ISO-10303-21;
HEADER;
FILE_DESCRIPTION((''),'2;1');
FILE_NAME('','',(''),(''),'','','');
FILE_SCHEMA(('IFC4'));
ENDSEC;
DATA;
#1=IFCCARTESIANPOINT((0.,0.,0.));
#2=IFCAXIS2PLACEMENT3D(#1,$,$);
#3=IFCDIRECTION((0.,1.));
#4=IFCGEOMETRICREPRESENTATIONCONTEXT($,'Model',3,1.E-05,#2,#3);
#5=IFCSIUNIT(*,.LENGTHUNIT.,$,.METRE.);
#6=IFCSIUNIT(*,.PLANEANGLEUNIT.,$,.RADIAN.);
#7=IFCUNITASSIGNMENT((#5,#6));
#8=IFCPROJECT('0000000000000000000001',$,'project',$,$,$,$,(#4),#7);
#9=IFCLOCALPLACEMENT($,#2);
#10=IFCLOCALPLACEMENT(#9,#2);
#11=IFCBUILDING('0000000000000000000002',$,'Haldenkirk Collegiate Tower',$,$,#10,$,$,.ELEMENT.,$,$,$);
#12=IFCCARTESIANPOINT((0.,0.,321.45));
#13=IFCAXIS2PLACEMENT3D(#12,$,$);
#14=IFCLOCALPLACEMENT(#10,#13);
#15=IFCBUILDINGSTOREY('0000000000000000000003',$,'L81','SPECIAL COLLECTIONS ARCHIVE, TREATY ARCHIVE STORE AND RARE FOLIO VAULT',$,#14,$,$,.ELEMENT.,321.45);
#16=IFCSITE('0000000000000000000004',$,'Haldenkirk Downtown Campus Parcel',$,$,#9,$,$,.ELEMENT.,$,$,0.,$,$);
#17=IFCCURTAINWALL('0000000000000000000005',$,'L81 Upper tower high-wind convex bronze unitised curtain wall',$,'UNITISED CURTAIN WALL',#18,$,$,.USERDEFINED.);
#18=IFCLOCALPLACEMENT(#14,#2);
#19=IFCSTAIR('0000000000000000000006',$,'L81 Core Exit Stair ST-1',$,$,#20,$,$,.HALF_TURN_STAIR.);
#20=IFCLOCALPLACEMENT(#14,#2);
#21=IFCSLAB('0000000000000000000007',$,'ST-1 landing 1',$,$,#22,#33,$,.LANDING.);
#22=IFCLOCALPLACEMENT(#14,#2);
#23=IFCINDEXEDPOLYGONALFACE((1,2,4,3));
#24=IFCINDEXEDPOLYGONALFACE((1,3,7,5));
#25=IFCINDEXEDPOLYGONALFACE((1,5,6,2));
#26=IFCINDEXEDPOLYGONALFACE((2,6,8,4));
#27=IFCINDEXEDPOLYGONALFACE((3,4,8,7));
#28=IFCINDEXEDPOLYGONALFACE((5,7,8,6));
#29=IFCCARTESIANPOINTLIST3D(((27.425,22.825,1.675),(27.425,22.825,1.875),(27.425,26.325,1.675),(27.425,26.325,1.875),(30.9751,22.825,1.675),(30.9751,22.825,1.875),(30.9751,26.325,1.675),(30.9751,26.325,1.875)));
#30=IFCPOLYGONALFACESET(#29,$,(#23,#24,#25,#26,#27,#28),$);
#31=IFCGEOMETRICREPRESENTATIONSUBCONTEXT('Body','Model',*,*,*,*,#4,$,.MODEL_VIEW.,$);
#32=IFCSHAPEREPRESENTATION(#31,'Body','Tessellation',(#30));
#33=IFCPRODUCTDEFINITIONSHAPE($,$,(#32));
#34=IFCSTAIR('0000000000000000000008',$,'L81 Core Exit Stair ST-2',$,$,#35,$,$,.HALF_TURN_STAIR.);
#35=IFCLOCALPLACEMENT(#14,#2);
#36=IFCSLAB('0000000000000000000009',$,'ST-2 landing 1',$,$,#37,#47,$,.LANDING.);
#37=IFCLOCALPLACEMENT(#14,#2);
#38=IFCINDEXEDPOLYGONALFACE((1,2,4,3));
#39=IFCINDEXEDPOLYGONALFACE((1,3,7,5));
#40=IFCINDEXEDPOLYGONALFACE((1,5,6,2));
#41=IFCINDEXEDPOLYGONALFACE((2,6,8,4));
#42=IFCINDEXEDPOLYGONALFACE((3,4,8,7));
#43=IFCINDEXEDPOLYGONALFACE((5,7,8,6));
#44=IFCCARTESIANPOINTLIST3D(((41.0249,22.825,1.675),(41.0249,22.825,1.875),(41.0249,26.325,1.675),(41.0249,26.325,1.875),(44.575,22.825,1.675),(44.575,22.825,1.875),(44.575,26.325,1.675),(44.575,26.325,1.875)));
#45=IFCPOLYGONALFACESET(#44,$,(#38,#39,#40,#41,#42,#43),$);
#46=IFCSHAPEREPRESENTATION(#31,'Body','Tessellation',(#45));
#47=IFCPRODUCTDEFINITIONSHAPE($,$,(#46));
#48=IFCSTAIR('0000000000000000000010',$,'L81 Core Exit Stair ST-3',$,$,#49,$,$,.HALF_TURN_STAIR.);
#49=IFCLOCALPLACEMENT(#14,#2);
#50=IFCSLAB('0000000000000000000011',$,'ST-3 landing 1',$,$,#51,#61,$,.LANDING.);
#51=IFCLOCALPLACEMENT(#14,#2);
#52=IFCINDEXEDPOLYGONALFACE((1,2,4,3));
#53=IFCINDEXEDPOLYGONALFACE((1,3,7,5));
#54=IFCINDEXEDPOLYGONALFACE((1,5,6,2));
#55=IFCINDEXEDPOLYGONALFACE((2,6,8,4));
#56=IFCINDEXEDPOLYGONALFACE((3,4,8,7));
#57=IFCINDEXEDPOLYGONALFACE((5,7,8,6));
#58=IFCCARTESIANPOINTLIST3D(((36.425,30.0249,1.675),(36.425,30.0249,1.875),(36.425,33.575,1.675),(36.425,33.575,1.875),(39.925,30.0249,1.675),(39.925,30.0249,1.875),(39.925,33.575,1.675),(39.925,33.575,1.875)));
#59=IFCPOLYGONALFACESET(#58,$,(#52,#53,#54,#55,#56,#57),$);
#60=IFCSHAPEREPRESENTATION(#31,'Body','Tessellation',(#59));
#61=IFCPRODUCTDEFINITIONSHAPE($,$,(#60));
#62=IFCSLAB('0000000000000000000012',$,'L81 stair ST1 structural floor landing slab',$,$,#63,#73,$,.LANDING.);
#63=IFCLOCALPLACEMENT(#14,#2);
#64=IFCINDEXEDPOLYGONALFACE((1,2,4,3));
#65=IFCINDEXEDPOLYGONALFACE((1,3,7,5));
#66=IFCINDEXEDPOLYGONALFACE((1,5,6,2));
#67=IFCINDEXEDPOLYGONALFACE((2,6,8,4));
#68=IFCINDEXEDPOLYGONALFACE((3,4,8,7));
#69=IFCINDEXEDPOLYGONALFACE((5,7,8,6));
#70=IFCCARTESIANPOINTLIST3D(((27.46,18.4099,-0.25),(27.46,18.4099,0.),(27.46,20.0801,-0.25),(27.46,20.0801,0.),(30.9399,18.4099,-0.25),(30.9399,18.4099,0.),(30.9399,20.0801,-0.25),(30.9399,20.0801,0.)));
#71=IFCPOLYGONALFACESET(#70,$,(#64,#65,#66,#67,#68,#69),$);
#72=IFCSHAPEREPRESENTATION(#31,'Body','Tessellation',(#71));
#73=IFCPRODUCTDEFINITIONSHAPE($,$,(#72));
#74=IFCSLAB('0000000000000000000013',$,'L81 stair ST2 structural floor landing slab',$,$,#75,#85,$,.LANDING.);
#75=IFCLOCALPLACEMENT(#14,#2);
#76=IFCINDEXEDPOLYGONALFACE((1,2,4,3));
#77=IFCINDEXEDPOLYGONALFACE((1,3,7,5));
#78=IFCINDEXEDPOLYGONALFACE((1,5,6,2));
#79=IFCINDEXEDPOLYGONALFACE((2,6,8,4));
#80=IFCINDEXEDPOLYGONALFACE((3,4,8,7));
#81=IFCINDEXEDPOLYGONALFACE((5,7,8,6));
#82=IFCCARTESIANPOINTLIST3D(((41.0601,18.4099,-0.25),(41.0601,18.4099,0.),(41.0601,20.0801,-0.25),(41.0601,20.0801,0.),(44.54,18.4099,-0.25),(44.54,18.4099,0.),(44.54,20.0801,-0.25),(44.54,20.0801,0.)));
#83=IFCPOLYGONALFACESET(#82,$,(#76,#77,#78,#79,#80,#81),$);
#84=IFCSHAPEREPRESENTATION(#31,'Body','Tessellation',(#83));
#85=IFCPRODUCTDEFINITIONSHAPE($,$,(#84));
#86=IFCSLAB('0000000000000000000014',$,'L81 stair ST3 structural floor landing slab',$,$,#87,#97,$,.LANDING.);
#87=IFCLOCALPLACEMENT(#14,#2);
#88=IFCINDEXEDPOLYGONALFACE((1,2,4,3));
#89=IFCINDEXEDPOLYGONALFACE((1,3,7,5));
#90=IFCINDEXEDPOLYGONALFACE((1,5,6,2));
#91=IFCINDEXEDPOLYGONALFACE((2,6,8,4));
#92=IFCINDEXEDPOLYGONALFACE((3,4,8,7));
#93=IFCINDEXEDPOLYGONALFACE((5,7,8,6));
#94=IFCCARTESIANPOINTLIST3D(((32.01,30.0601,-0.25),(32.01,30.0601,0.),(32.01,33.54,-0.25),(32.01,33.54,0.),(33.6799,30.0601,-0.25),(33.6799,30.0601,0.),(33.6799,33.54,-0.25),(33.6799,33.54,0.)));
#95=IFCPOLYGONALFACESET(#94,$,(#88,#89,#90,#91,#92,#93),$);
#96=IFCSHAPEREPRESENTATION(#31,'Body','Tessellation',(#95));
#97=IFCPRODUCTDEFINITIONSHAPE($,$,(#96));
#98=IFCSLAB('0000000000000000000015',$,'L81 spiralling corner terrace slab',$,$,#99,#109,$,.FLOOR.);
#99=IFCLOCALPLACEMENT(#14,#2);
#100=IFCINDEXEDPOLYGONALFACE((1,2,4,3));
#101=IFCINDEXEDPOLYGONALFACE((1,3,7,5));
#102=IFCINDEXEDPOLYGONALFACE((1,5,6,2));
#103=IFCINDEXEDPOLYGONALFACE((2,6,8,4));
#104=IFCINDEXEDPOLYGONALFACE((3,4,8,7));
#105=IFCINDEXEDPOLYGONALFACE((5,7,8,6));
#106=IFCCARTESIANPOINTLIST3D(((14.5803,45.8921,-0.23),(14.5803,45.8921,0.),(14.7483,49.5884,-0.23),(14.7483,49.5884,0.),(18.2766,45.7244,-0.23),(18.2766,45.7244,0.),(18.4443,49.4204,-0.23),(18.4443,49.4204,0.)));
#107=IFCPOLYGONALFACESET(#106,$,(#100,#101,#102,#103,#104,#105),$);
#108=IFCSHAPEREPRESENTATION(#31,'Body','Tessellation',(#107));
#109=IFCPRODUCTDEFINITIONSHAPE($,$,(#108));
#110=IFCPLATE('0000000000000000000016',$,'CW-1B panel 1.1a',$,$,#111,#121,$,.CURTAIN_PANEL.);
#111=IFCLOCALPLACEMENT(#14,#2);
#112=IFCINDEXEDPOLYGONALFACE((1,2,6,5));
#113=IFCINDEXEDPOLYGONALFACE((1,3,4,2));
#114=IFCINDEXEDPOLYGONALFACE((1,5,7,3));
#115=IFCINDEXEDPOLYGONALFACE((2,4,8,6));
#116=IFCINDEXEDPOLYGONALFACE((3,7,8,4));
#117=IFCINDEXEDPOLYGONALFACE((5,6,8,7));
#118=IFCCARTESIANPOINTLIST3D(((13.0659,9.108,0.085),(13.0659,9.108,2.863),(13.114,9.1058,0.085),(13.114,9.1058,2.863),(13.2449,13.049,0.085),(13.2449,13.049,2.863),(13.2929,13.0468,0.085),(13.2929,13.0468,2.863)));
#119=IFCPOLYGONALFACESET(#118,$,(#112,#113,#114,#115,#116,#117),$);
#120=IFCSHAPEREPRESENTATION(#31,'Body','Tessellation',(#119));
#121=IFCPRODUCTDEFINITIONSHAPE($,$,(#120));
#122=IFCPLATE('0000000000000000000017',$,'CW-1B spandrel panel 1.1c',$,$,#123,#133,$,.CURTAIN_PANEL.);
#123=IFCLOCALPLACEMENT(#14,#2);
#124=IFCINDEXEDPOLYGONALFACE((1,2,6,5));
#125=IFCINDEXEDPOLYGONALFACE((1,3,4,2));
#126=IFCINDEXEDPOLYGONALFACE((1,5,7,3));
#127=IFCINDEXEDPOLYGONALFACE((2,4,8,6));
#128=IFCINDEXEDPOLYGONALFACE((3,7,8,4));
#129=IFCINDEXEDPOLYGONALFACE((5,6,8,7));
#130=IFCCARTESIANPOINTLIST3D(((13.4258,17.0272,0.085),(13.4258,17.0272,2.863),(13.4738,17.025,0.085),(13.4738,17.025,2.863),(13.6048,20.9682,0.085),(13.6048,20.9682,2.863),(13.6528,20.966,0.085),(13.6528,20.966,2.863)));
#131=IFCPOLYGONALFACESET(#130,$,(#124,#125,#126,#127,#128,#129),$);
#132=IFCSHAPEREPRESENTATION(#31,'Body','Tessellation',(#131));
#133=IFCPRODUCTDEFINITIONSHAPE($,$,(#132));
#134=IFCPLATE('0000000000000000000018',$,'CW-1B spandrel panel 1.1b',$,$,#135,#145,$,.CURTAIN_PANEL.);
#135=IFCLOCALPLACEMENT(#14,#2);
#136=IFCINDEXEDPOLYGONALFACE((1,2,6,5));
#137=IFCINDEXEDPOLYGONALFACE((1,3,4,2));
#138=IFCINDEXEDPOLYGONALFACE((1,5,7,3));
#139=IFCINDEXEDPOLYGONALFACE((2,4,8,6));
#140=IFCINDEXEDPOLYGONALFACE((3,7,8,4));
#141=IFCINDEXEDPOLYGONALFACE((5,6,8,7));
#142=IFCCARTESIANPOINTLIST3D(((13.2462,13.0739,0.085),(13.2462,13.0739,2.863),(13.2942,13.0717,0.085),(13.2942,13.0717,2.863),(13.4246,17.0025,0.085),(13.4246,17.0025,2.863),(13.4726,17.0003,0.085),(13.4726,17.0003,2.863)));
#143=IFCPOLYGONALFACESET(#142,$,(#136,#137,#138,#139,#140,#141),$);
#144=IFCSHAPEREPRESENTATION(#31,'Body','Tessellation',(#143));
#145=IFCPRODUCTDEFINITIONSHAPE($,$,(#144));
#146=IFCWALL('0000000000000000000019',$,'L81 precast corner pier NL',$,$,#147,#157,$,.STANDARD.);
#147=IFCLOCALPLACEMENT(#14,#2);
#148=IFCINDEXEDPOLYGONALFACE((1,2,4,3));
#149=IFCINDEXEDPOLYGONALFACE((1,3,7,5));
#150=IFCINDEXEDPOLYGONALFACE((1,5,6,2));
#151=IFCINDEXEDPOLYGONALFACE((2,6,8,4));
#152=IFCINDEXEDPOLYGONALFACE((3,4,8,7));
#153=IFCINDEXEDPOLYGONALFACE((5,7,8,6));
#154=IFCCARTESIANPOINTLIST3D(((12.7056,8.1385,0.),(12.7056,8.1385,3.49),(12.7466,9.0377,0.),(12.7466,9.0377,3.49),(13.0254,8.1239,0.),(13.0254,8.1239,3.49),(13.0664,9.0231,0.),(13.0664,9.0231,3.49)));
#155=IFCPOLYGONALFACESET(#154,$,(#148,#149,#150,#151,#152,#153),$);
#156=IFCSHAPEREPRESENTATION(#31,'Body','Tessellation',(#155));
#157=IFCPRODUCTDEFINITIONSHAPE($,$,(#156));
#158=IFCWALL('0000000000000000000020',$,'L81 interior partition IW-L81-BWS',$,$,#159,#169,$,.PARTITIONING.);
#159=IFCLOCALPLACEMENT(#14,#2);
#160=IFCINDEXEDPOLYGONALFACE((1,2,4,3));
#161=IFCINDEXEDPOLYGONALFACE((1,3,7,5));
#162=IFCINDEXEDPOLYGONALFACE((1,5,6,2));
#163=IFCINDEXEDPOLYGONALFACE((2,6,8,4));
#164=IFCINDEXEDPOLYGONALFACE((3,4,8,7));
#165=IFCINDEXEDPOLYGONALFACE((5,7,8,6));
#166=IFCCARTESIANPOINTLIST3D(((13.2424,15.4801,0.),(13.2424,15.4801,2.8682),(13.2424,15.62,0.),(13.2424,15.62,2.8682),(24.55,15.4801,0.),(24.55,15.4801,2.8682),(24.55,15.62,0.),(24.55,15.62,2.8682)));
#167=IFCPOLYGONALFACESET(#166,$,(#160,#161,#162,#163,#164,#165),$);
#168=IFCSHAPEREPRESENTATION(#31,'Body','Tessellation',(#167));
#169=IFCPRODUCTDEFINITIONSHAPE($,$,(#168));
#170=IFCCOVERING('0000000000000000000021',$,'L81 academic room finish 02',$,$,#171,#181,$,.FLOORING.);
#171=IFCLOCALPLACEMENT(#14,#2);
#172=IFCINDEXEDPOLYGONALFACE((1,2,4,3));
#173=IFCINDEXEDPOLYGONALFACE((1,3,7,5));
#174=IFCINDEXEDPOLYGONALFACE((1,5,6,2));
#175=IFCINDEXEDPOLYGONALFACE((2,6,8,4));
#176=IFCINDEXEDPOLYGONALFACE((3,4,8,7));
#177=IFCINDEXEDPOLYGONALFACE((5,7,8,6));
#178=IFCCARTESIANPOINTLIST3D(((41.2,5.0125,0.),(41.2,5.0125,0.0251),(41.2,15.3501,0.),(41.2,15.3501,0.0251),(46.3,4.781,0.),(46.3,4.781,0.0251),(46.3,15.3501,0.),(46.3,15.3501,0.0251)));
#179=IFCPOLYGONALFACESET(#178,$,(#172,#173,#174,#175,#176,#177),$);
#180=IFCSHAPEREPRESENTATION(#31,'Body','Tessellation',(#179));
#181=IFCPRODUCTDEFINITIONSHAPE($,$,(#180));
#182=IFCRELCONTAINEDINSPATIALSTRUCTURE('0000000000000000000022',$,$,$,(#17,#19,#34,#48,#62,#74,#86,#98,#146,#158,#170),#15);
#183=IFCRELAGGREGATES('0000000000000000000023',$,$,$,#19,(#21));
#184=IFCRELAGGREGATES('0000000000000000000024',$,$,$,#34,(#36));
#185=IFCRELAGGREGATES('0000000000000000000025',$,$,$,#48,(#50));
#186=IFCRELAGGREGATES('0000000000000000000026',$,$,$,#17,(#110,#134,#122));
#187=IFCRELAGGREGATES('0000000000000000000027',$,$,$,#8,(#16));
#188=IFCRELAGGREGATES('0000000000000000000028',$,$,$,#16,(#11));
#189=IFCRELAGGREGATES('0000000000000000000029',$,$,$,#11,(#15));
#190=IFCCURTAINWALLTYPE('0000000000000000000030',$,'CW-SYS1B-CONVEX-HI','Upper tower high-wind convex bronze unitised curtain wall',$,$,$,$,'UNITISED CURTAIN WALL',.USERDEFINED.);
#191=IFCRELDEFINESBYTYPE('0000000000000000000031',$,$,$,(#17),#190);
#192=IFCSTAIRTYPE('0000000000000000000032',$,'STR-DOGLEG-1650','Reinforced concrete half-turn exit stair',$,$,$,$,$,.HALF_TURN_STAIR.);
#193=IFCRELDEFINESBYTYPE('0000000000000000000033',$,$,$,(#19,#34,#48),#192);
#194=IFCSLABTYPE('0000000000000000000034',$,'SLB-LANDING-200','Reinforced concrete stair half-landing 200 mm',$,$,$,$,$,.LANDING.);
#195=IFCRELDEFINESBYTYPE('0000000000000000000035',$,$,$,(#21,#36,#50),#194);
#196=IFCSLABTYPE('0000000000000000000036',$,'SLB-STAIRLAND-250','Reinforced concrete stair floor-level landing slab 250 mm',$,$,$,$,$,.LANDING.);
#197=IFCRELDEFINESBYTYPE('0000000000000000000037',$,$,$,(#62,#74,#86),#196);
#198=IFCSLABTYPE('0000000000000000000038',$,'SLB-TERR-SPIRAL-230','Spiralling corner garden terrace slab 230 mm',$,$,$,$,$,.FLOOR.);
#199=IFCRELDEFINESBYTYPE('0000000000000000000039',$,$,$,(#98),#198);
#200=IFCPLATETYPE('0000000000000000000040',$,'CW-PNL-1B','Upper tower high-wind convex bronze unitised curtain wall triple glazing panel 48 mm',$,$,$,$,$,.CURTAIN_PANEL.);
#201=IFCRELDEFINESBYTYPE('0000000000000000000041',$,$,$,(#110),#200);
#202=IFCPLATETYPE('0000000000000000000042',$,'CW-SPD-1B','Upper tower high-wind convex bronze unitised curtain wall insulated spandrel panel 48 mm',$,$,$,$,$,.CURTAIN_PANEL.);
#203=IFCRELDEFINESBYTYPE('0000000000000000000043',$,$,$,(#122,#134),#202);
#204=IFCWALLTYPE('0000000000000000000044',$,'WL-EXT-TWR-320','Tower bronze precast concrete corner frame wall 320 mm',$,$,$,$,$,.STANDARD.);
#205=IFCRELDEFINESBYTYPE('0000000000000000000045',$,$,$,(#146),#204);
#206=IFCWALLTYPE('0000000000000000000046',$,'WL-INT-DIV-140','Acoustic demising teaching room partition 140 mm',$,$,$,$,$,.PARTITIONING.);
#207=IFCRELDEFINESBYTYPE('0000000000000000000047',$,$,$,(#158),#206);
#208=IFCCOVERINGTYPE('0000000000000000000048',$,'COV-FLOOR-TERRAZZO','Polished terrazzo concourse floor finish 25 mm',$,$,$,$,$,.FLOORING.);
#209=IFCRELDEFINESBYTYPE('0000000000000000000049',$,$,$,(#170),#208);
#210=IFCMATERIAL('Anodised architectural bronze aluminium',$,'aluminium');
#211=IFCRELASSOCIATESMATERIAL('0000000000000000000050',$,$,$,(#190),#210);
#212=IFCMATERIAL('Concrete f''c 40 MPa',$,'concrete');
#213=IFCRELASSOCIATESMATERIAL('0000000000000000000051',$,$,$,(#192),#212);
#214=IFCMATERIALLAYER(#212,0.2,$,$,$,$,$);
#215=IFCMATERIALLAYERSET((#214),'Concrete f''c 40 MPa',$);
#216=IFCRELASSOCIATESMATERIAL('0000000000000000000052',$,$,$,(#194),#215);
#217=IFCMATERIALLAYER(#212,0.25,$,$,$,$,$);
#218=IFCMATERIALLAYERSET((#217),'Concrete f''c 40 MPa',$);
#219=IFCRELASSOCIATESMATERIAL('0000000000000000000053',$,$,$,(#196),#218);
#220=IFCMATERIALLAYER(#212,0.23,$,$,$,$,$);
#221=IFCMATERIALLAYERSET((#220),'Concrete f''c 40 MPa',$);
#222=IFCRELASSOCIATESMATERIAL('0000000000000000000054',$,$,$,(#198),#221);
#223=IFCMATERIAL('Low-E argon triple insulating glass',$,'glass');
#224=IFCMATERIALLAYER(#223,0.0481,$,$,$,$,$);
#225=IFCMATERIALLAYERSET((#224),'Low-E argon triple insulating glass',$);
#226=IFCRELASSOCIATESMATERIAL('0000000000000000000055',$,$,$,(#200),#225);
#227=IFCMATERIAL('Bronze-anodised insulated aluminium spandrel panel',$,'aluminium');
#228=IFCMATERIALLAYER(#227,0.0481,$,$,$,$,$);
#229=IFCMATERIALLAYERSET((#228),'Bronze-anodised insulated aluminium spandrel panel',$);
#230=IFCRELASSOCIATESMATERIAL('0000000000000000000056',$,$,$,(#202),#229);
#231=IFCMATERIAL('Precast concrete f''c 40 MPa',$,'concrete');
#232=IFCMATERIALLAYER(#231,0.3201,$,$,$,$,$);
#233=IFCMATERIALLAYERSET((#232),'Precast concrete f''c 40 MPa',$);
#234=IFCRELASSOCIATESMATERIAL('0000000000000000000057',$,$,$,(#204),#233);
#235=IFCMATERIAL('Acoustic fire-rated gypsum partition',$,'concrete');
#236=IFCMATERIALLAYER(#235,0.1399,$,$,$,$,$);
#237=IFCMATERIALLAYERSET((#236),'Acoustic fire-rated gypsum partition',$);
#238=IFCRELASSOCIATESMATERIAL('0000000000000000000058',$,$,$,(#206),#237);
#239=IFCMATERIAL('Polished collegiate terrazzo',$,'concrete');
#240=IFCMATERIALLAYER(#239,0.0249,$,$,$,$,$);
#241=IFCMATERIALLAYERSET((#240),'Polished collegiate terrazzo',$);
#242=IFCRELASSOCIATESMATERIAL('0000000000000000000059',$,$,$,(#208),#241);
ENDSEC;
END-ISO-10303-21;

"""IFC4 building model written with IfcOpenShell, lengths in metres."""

from ifc_helpers import new_model, si_unit, direction, frame, frame_2d, origin, origin_2d, place, context, subcontext, project, spatial, polyline, rectangle, outline, extrude, source, transform, mapped, material, layer, layer_set, type_object, element, aggregate, save


model = new_model("IFC4")

# Units and contexts
model_context = context("Model", 3, precision=1e-05, world=origin(), true_north=direction((0.0, 1.0)))
body_context = subcontext(model_context, "Body", "Model", "MODEL_VIEW")
ifc_project = project(units=[si_unit("LENGTHUNIT", "METRE"), si_unit("PLANEANGLEUNIT", "RADIAN")], contexts=[model_context])

# Site, building, storey
site_placement = place(None, origin())
site = spatial("IfcSite", under=ifc_project, at=site_placement, Name="Haldenkirk Downtown Campus Parcel", CompositionType="ELEMENT", RefElevation=0.0)
building_placement = place(site_placement, origin())
building = spatial("IfcBuilding", under=site, at=building_placement, Name="Haldenkirk Collegiate Tower", CompositionType="ELEMENT")
storey_placement = place(building_placement, frame((0.0, 0.0, 321.45)))
storey = spatial("IfcBuildingStorey", under=building, at=storey_placement, Name="L81", Description="SPECIAL COLLECTIONS ARCHIVE, TREATY ARCHIVE STORE AND RARE FOLIO VAULT", CompositionType="ELEMENT", Elevation=321.45)

# Curtain wall
ifc_material_1 = material(Name="Anodised architectural bronze aluminium", Category="aluminium")
curtain_wall_type = type_object("IfcCurtainWallType", Name="CW-SYS1B-CONVEX-HI", Description="Upper tower high-wind convex bronze unitised curtain wall", ElementType="UNITISED CURTAIN WALL", PredefinedType="USERDEFINED", material=ifc_material_1)
curtain_wall_placement = place(storey_placement, origin())
curtain_wall = element("IfcCurtainWall", 1, at=curtain_wall_placement, inside=storey, type_object=curtain_wall_type, Name="L81 Upper tower high-wind convex bronze unitised curtain wall", ObjectType="UNITISED CURTAIN WALL", PredefinedType="USERDEFINED")

# Shared definitions
ifc_material_2 = material(Name="Concrete f'c 40 MPa", Category="concrete")

# Stairs, slabs
stair_type = type_object("IfcStairType", Name="STR-DOGLEG-1650", Description="Reinforced concrete half-turn exit stair", PredefinedType="HALF_TURN_STAIR", material=ifc_material_2)
stair_1_placement = place(storey_placement, origin())
stair_1 = element("IfcStair", 2, at=stair_1_placement, inside=storey, type_object=stair_type, Name="L81 Core Exit Stair ST-1", PredefinedType="HALF_TURN_STAIR")
ifc_layer_1 = layer(ifc_material_2, 0.2)
ifc_layer_set_1 = layer_set([ifc_layer_1], Name="Concrete f'c 40 MPa")
slab_type_1 = type_object("IfcSlabType", Name="SLB-LANDING-200", Description="Reinforced concrete stair half-landing 200 mm", PredefinedType="LANDING", material=ifc_layer_set_1)
slab_1_placement = place(storey_placement, frame((0.0, 0.0, 1.675)))
slab_1 = element("IfcSlab", 3, at=slab_1_placement, type_object=slab_type_1, Name="ST-1 landing 1", PredefinedType="LANDING", context=body_context, shape_type="SweptSolid", body=[
    extrude(outline(polyline([(30.9751, 22.825), (27.425, 22.825), (27.425, 26.325), (30.9751, 26.325), (30.9751, 22.825)])), origin(), (0.0, 0.0, 1.0), 0.2),
])
aggregate(stair_1, [slab_1])
stair_2_placement = place(storey_placement, origin())
stair_2 = element("IfcStair", 4, at=stair_2_placement, inside=storey, type_object=stair_type, Name="L81 Core Exit Stair ST-2", PredefinedType="HALF_TURN_STAIR")
slab_2_placement = place(storey_placement, frame((0.0, 0.0, 1.675)))
slab_2 = element("IfcSlab", 5, at=slab_2_placement, type_object=slab_type_1, Name="ST-2 landing 1", PredefinedType="LANDING", context=body_context, shape_type="SweptSolid", body=[
    extrude(outline(polyline([(44.575, 22.825), (41.0249, 22.825), (41.0249, 26.325), (44.575, 26.325), (44.575, 22.825)])), origin(), (0.0, 0.0, 1.0), 0.2),
])
aggregate(stair_2, [slab_2])
stair_3_placement = place(storey_placement, origin())
stair_3 = element("IfcStair", 6, at=stair_3_placement, inside=storey, type_object=stair_type, Name="L81 Core Exit Stair ST-3", PredefinedType="HALF_TURN_STAIR")
slab_3_placement = place(storey_placement, frame((0.0, 0.0, 1.675)))
slab_3 = element("IfcSlab", 7, at=slab_3_placement, type_object=slab_type_1, Name="ST-3 landing 1", PredefinedType="LANDING", context=body_context, shape_type="SweptSolid", body=[
    extrude(outline(polyline([(36.425, 30.0249), (36.425, 33.575), (39.925, 33.575), (39.925, 30.0249), (36.425, 30.0249)])), origin(), (0.0, 0.0, 1.0), 0.2),
])
aggregate(stair_3, [slab_3])

# Slabs
ifc_layer_2 = layer(ifc_material_2, 0.25)
ifc_layer_set_2 = layer_set([ifc_layer_2], Name="Concrete f'c 40 MPa")
slab_type_2 = type_object("IfcSlabType", Name="SLB-STAIRLAND-250", Description="Reinforced concrete stair floor-level landing slab 250 mm", PredefinedType="LANDING", material=ifc_layer_set_2)
slab_4_placement = place(storey_placement, frame((0.0, 0.0, -0.25)))
element("IfcSlab", 8, at=slab_4_placement, inside=storey, type_object=slab_type_2, Name="L81 stair ST1 structural floor landing slab", PredefinedType="LANDING", context=body_context, shape_type="SweptSolid", body=[
    extrude(outline(polyline([(27.46, 18.4099), (30.9399, 18.4099), (30.9399, 20.0801), (27.46, 20.0801), (27.46, 18.4099)])), origin(), (0.0, 0.0, 1.0), 0.25),
])
slab_5_placement = place(storey_placement, frame((0.0, 0.0, -0.25)))
element("IfcSlab", 9, at=slab_5_placement, inside=storey, type_object=slab_type_2, Name="L81 stair ST2 structural floor landing slab", PredefinedType="LANDING", context=body_context, shape_type="SweptSolid", body=[
    extrude(outline(polyline([(41.0601, 18.4099), (44.54, 18.4099), (44.54, 20.0801), (41.0601, 20.0801), (41.0601, 18.4099)])), origin(), (0.0, 0.0, 1.0), 0.25),
])
slab_6_placement = place(storey_placement, frame((0.0, 0.0, -0.25)))
element("IfcSlab", 10, at=slab_6_placement, inside=storey, type_object=slab_type_2, Name="L81 stair ST3 structural floor landing slab", PredefinedType="LANDING", context=body_context, shape_type="SweptSolid", body=[
    extrude(outline(polyline([(32.01, 30.0601), (33.6799, 30.0601), (33.6799, 33.54), (32.01, 33.54), (32.01, 30.0601)])), origin(), (0.0, 0.0, 1.0), 0.25),
])
ifc_layer_3 = layer(ifc_material_2, 0.23)
ifc_layer_set_3 = layer_set([ifc_layer_3], Name="Concrete f'c 40 MPa")
slab_type_3 = type_object("IfcSlabType", Name="SLB-TERR-SPIRAL-230", Description="Spiralling corner garden terrace slab 230 mm", PredefinedType="FLOOR", material=ifc_layer_set_3)
slab_7_placement = place(storey_placement, frame((0.0, 0.0, -0.23)))
element("IfcSlab", 11, at=slab_7_placement, inside=storey, type_object=slab_type_3, Name="L81 spiralling corner terrace slab", PredefinedType="FLOOR", context=body_context, shape_type="SweptSolid", body=[
    extrude(outline(polyline([(18.2766, 45.7244), (18.4443, 49.4204), (14.7483, 49.5884), (14.5803, 45.8921), (18.2766, 45.7244)])), origin(), (0.0, 0.0, 1.0), 0.23),
])

# Plates
ifc_material_3 = material(Name="Low-E argon triple insulating glass", Category="glass")
ifc_layer_4 = layer(ifc_material_3, 0.0481)
ifc_layer_set_4 = layer_set([ifc_layer_4], Name="Low-E argon triple insulating glass")
plate_type_1 = type_object("IfcPlateType", Name="CW-PNL-1B", Description="Upper tower high-wind convex bronze unitised curtain wall triple glazing panel 48 mm", PredefinedType="CURTAIN_PANEL", material=ifc_layer_set_4)
shared_shape_1 = source(origin(), body_context, "Body", "SweptSolid", [
    extrude(rectangle(XDim=3.9451, YDim=0.0481, at=origin_2d()), origin(), (0.0, 0.0, 1.0), 2.7781),
])
plate_1_placement = place(storey_placement, frame((13.1794, 11.0774, 0.085), z_axis=(0.0, 0.0, 1.0), x_axis=(0.045364, 0.998971, 0.0)))
plate_1 = element("IfcPlate", 12, at=plate_1_placement, type_object=plate_type_1, Name="CW-1B panel 1.1a", PredefinedType="CURTAIN_PANEL", context=body_context, shape_type="MappedRepresentation", body=[
    mapped(shared_shape_1, transform((0.0, 0.0, 0.0), x_axis=(1.0, 0.0, 0.0), y_axis=(0.0, 1.0, 0.0), z_axis=(0.0, 0.0, 1.0), scale=1.0)),
])
ifc_material_4 = material(Name="Bronze-anodised insulated aluminium spandrel panel", Category="aluminium")
ifc_layer_5 = layer(ifc_material_4, 0.0481)
ifc_layer_set_5 = layer_set([ifc_layer_5], Name="Bronze-anodised insulated aluminium spandrel panel")
plate_type_2 = type_object("IfcPlateType", Name="CW-SPD-1B", Description="Upper tower high-wind convex bronze unitised curtain wall insulated spandrel panel 48 mm", PredefinedType="CURTAIN_PANEL", material=ifc_layer_set_5)
plate_2_placement = place(storey_placement, frame((13.5393, 18.9966, 0.085), z_axis=(0.0, 0.0, 1.0), x_axis=(0.045364, 0.998971, 0.0)))
plate_2 = element("IfcPlate", 13, at=plate_2_placement, type_object=plate_type_2, Name="CW-1B spandrel panel 1.1c", PredefinedType="CURTAIN_PANEL", context=body_context, shape_type="MappedRepresentation", body=[
    mapped(shared_shape_1, transform((0.0, 0.0, 0.0), x_axis=(1.0, 0.0, 0.0), y_axis=(0.0, 1.0, 0.0), z_axis=(0.0, 0.0, 1.0), scale=1.0)),
])
shared_shape_2 = source(origin(), body_context, "Body", "SweptSolid", [
    extrude(rectangle(XDim=3.9326, YDim=0.0481, at=origin_2d()), origin(), (0.0, 0.0, 1.0), 2.7781),
])
plate_3_placement = place(storey_placement, frame((13.3594, 15.0371, 0.085), z_axis=(0.0, 0.0, 1.0), x_axis=(0.045364, 0.998971, 0.0)))
plate_3 = element("IfcPlate", 14, at=plate_3_placement, type_object=plate_type_2, Name="CW-1B spandrel panel 1.1b", PredefinedType="CURTAIN_PANEL", context=body_context, shape_type="MappedRepresentation", body=[
    mapped(shared_shape_2, transform((0.0, 0.0, 0.0), x_axis=(1.0, 0.0, 0.0), y_axis=(0.0, 1.0, 0.0), z_axis=(0.0, 0.0, 1.0), scale=1.0)),
])
aggregate(curtain_wall, [plate_1, plate_3, plate_2])

# Walls
ifc_material_5 = material(Name="Precast concrete f'c 40 MPa", Category="concrete")
ifc_layer_6 = layer(ifc_material_5, 0.3201)
ifc_layer_set_6 = layer_set([ifc_layer_6], Name="Precast concrete f'c 40 MPa")
wall_type_1 = type_object("IfcWallType", Name="WL-EXT-TWR-320", Description="Tower bronze precast concrete corner frame wall 320 mm", PredefinedType="STANDARD", material=ifc_layer_set_6)
wall_1_placement = place(storey_placement, frame((12.8655, 8.1311, 0.0), z_axis=(0.0, 0.0, 1.0), x_axis=(0.045568, 0.998961, 0.0)))
element("IfcWall", 15, at=wall_1_placement, inside=storey, type_object=wall_type_1, Name="L81 precast corner pier NL", PredefinedType="STANDARD", context=body_context, shape_type="SweptSolid", body=[
    extrude(rectangle(XDim=0.9001, YDim=0.3201, at=frame_2d((0.4502, 0.0))), origin(), (0.0, 0.0, 1.0), 3.49),
])
ifc_material_6 = material(Name="Acoustic fire-rated gypsum partition", Category="concrete")
ifc_layer_7 = layer(ifc_material_6, 0.1399)
ifc_layer_set_7 = layer_set([ifc_layer_7], Name="Acoustic fire-rated gypsum partition")
wall_type_2 = type_object("IfcWallType", Name="WL-INT-DIV-140", Description="Acoustic demising teaching room partition 140 mm", PredefinedType="PARTITIONING", material=ifc_layer_set_7)
wall_2_placement = place(storey_placement, frame((13.2424, 15.55, 0.0), z_axis=(0.0, 0.0, 1.0), x_axis=(1.0, 0.0, 0.0)))
element("IfcWall", 16, at=wall_2_placement, inside=storey, type_object=wall_type_2, Name="L81 interior partition IW-L81-BWS", PredefinedType="PARTITIONING", context=body_context, shape_type="SweptSolid", body=[
    extrude(rectangle(XDim=11.3076, YDim=0.1399, at=frame_2d((5.6538, 0.0))), origin(), (0.0, 0.0, 1.0), 2.8682),
])

# Covering
ifc_material_7 = material(Name="Polished collegiate terrazzo", Category="concrete")
ifc_layer_8 = layer(ifc_material_7, 0.0249)
ifc_layer_set_8 = layer_set([ifc_layer_8], Name="Polished collegiate terrazzo")
covering_type_1 = type_object("IfcCoveringType", Name="COV-FLOOR-TERRAZZO", Description="Polished terrazzo concourse floor finish 25 mm", PredefinedType="FLOORING", material=ifc_layer_set_8)
covering_1_placement = place(storey_placement, origin())
element("IfcCovering", 17, at=covering_1_placement, inside=storey, type_object=covering_type_1, Name="L81 academic room finish 02", PredefinedType="FLOORING", context=body_context, shape_type="SweptSolid", body=[
    extrude(outline(polyline([(41.2, 5.0125), (41.2, 15.3501), (46.3, 15.3501), (46.3, 4.781), (41.2, 5.0125)])), origin(), (0.0, 0.0, 1.0), 0.0251),
])

save(model, "model.ifc")
